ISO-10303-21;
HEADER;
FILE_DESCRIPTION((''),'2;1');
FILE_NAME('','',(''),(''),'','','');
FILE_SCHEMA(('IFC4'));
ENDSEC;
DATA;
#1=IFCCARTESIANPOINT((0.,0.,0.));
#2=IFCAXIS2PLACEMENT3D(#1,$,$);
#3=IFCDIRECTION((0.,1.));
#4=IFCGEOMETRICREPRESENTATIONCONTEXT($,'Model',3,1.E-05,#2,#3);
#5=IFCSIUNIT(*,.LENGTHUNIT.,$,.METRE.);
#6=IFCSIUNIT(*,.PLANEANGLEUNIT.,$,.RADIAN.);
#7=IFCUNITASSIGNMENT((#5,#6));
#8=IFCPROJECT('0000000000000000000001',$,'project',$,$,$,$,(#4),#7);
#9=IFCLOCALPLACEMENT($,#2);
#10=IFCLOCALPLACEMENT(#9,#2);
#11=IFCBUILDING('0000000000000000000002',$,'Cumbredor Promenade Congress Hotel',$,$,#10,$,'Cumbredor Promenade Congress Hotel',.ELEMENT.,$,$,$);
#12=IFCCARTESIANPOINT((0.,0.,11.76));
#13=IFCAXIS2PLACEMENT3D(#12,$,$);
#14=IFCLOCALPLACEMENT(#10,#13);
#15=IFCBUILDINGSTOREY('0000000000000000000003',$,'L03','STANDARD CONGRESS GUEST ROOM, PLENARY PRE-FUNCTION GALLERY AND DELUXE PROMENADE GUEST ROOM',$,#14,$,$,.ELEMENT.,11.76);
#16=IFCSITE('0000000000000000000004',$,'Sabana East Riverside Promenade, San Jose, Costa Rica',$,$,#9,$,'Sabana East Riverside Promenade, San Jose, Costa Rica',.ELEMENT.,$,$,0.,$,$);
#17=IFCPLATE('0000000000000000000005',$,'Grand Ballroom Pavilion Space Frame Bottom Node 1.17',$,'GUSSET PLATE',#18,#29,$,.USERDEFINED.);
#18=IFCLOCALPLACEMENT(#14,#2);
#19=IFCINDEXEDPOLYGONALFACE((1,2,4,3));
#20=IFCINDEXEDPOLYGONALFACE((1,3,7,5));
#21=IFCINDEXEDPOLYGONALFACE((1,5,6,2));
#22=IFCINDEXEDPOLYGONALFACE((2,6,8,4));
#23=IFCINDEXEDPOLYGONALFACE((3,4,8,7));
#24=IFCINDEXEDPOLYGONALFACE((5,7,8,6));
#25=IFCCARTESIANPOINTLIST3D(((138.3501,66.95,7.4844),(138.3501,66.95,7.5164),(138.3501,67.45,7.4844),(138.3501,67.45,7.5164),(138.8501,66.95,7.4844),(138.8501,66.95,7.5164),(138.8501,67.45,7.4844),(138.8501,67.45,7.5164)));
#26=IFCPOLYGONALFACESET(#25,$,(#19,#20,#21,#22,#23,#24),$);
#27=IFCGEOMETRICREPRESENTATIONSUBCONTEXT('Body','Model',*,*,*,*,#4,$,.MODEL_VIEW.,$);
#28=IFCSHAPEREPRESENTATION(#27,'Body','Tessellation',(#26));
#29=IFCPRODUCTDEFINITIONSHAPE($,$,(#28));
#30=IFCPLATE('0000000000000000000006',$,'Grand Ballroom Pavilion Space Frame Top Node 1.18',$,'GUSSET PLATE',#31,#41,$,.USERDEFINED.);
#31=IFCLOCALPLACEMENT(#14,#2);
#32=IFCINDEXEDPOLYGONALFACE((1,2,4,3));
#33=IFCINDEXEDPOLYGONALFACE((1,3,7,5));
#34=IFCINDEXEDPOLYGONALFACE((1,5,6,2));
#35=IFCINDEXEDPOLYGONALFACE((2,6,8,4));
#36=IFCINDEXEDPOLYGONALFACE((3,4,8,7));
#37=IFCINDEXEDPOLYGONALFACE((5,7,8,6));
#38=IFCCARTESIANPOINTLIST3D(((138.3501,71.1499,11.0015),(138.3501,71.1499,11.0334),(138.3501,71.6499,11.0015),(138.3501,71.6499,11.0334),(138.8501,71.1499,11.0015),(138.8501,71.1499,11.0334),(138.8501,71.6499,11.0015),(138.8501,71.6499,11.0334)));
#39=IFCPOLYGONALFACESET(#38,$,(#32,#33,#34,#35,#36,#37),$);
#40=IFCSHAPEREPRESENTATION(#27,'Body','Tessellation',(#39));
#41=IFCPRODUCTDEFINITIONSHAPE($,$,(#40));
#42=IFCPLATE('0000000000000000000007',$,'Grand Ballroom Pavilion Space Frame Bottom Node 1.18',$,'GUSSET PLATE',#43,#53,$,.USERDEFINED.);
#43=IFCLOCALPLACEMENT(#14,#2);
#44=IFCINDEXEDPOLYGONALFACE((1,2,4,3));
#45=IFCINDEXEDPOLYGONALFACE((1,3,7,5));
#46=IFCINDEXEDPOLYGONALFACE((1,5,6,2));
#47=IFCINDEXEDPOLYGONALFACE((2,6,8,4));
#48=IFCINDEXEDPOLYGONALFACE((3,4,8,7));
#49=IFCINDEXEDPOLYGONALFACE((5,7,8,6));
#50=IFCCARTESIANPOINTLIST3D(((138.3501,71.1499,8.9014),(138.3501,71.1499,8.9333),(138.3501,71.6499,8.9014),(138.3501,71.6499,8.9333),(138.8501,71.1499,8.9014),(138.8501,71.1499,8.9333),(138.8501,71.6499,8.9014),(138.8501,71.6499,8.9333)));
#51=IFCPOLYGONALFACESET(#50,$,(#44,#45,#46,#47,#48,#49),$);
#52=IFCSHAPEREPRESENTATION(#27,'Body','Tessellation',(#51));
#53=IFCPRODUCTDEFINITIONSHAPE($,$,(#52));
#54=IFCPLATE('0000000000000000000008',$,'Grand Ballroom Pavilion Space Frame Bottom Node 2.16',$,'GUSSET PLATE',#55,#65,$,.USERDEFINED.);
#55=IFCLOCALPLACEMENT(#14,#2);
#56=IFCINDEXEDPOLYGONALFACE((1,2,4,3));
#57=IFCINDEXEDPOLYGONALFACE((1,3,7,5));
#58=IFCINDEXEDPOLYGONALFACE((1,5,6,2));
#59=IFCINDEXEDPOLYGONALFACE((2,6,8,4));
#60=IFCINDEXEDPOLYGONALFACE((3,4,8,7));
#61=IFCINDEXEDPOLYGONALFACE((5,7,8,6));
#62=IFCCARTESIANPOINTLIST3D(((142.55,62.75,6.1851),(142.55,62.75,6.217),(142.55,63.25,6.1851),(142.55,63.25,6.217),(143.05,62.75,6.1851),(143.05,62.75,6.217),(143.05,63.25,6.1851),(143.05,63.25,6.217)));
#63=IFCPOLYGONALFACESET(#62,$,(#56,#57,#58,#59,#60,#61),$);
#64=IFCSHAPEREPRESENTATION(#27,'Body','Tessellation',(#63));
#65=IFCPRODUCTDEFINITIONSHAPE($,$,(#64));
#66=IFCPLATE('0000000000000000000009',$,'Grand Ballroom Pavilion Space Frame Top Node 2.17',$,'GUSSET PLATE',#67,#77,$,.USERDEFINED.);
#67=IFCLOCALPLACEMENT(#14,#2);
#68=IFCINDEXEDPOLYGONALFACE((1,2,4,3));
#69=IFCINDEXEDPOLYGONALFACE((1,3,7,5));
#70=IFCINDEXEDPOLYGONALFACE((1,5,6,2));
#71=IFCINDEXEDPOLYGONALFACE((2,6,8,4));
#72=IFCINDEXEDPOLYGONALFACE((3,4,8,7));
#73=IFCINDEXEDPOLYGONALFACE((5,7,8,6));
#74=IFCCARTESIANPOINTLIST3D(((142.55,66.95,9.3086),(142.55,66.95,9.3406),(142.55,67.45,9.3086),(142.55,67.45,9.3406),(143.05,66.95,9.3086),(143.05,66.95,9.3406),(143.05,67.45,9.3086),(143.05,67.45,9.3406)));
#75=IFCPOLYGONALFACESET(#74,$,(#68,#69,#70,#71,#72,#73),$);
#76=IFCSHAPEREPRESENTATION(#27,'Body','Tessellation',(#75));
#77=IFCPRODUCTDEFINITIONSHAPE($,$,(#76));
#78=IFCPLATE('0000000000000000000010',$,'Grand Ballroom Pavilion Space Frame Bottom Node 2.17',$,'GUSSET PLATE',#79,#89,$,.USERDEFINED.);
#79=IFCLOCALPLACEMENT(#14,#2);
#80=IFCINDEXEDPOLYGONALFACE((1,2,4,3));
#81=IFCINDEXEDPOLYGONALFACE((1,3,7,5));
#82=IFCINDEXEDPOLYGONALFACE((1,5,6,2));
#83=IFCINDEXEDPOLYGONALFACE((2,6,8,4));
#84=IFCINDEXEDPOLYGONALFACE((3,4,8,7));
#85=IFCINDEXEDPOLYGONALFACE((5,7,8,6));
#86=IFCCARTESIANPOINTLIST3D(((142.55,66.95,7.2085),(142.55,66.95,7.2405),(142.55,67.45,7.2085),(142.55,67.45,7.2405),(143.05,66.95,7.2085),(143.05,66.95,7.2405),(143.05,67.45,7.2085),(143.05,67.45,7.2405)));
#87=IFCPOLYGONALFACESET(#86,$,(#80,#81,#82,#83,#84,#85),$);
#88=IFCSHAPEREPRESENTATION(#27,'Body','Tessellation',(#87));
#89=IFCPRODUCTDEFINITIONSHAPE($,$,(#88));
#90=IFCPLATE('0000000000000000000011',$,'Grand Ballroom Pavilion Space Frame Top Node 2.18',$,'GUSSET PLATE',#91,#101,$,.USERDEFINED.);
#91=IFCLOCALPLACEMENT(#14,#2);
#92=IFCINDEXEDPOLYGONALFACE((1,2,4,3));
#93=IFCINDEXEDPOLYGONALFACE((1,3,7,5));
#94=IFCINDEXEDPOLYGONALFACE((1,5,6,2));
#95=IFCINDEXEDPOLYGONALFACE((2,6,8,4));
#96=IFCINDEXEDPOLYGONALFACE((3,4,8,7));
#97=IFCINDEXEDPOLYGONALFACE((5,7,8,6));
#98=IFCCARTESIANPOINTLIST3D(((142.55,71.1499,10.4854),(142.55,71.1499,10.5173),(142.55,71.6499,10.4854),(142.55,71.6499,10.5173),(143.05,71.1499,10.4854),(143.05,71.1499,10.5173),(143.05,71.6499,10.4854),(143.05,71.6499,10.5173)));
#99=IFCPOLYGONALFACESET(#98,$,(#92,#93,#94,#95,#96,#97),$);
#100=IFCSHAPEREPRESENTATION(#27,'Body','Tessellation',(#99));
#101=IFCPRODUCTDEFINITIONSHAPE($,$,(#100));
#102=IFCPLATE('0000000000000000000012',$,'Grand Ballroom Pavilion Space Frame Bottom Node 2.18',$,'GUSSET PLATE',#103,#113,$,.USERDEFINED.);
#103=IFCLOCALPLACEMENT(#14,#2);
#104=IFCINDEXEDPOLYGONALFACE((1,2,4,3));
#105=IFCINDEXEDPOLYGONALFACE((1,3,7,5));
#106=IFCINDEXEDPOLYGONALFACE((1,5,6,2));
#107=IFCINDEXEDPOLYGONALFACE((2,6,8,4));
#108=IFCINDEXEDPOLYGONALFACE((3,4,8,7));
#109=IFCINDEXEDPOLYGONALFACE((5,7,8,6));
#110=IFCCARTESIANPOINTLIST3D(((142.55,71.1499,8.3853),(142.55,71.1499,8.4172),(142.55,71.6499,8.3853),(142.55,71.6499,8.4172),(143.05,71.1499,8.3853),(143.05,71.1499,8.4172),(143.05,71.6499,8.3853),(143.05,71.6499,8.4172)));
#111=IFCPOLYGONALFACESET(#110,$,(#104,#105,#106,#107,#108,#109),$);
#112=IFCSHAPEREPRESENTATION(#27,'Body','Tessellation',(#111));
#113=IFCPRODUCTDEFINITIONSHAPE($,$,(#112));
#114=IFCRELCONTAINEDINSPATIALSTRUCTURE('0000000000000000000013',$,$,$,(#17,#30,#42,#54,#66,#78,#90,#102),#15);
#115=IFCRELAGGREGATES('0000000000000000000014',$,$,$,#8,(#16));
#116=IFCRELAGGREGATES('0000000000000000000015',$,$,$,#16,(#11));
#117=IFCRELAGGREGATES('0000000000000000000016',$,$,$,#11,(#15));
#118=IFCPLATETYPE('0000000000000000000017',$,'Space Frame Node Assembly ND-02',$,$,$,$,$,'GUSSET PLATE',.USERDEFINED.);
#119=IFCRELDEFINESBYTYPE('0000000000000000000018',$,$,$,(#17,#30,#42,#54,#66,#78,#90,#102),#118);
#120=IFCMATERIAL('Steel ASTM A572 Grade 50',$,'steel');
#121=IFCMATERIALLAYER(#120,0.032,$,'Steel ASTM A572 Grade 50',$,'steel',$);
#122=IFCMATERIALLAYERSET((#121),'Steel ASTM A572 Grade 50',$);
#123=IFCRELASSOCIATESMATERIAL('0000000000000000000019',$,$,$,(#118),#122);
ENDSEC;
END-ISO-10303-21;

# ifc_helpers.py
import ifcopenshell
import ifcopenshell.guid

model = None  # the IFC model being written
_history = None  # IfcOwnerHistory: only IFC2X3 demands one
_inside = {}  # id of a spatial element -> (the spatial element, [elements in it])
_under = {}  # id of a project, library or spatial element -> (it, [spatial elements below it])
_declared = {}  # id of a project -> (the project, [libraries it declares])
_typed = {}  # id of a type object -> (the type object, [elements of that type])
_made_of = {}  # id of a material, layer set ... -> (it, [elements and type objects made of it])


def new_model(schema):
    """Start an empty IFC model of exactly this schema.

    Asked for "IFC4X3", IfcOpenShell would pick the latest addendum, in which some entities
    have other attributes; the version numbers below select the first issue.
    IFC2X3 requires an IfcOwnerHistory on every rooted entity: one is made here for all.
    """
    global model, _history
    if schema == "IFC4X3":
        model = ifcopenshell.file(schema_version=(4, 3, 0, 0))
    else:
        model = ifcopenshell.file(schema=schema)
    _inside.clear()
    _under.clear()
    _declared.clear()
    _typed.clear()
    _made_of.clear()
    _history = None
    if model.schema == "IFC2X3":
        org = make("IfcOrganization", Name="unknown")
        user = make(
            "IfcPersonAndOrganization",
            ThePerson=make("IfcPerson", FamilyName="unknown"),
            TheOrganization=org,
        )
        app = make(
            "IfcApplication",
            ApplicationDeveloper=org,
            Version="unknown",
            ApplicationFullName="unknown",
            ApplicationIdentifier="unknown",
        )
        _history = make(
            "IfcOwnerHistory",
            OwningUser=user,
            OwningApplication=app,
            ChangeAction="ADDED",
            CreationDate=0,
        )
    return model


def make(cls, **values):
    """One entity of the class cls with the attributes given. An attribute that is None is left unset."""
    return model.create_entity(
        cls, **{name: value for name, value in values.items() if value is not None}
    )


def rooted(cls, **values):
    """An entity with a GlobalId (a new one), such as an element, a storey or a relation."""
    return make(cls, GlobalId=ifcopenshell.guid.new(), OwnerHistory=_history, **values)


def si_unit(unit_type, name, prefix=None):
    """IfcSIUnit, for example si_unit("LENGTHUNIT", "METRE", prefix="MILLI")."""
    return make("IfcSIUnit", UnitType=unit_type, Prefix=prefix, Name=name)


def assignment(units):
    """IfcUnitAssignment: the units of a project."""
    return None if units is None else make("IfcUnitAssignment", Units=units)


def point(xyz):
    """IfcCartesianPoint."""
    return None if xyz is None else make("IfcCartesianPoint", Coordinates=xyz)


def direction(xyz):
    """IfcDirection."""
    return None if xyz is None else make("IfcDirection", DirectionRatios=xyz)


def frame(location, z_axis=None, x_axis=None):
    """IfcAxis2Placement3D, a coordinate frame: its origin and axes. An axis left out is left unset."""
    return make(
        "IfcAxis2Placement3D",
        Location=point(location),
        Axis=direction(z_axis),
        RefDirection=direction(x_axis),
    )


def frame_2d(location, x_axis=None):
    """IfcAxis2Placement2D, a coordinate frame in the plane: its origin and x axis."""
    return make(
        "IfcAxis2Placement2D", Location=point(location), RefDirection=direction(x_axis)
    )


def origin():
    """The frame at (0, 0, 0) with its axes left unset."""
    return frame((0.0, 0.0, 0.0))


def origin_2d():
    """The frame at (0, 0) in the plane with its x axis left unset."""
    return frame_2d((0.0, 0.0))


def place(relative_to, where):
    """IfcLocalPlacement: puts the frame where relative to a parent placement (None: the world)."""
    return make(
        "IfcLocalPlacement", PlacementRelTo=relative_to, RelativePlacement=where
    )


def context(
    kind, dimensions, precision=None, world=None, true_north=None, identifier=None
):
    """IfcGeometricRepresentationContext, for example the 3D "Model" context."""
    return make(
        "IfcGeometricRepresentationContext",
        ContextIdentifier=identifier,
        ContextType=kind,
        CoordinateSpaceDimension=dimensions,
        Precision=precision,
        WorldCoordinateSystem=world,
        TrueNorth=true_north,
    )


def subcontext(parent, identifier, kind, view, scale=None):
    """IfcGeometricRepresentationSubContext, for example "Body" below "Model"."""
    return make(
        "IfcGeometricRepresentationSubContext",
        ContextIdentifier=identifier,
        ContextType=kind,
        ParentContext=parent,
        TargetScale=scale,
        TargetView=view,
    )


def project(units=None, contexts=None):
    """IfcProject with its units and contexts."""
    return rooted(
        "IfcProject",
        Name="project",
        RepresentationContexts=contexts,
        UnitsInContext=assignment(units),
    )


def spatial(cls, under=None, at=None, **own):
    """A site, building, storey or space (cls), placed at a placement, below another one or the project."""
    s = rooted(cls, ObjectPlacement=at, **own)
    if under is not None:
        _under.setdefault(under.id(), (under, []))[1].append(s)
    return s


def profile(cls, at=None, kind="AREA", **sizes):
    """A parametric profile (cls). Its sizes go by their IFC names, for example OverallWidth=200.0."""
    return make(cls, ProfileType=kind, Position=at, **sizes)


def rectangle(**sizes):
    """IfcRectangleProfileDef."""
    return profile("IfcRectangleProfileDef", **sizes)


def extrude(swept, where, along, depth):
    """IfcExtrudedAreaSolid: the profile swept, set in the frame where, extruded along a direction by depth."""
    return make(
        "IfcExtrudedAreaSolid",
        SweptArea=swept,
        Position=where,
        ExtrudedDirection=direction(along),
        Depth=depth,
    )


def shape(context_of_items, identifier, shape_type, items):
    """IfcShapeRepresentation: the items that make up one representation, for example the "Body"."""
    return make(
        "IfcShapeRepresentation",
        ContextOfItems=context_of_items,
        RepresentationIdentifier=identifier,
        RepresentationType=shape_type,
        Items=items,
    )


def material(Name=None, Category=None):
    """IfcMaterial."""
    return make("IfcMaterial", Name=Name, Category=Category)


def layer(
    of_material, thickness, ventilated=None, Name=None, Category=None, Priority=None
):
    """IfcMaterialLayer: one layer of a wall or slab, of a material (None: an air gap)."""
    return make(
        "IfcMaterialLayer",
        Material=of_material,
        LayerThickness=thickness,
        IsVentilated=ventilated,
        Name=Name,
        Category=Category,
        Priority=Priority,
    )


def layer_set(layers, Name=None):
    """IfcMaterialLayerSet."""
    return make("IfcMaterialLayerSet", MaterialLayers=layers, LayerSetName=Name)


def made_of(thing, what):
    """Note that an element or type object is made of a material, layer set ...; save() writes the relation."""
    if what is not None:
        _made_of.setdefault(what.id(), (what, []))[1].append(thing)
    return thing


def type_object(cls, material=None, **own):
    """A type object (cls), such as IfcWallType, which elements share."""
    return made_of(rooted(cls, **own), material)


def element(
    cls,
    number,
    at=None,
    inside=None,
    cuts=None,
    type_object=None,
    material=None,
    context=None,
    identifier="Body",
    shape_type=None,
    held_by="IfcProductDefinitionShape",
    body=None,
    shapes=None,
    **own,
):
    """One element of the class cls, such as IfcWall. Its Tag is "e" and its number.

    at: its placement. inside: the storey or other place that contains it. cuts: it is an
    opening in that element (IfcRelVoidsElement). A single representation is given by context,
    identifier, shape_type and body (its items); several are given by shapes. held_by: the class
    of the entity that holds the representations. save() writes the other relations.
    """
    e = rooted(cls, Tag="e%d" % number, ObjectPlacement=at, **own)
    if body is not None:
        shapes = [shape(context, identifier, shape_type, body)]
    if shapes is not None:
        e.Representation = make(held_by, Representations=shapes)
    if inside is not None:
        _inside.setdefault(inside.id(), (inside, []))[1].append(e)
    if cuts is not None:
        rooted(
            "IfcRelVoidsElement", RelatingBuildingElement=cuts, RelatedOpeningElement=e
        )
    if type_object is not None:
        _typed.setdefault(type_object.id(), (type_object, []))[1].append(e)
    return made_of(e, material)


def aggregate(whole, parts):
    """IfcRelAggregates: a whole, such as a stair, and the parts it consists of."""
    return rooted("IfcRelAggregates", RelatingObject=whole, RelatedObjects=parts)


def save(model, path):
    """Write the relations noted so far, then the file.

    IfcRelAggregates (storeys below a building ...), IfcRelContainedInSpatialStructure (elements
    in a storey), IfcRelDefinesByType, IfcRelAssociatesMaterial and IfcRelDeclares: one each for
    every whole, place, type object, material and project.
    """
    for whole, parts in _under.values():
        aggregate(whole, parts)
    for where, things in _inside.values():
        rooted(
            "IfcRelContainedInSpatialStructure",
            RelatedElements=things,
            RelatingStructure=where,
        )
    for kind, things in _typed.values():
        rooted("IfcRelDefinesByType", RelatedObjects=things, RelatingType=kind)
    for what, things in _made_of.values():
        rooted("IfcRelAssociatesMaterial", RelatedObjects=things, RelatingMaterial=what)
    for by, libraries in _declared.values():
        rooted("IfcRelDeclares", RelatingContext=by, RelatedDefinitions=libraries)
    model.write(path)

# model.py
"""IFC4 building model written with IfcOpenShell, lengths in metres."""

from ifc_helpers import new_model, si_unit, direction, frame, origin, origin_2d, place, context, subcontext, project, spatial, rectangle, extrude, material, layer, layer_set, type_object, element, save


model = new_model("IFC4")

# Units and contexts
model_context = context("Model", 3, precision=1e-05, world=origin(), true_north=direction((0.0, 1.0)))
body_context = subcontext(model_context, "Body", "Model", "MODEL_VIEW")
ifc_project = project(units=[si_unit("LENGTHUNIT", "METRE"), si_unit("PLANEANGLEUNIT", "RADIAN")], contexts=[model_context])

# Site, building, storey
site_placement = place(None, origin())
site = spatial("IfcSite", under=ifc_project, at=site_placement, Name="Sabana East Riverside Promenade, San Jose, Costa Rica", LongName="Sabana East Riverside Promenade, San Jose, Costa Rica", CompositionType="ELEMENT", RefElevation=0.0)
building_placement = place(site_placement, origin())
building = spatial("IfcBuilding", under=site, at=building_placement, Name="Cumbredor Promenade Congress Hotel", LongName="Cumbredor Promenade Congress Hotel", CompositionType="ELEMENT")
storey_placement = place(building_placement, frame((0.0, 0.0, 11.76)))
storey = spatial("IfcBuildingStorey", under=building, at=storey_placement, Name="L03", Description="STANDARD CONGRESS GUEST ROOM, PLENARY PRE-FUNCTION GALLERY AND DELUXE PROMENADE GUEST ROOM", CompositionType="ELEMENT", Elevation=11.76)

# Plates
ifc_material_1 = material(Name="Steel ASTM A572 Grade 50", Category="steel")
ifc_layer_1 = layer(ifc_material_1, 0.032, Name="Steel ASTM A572 Grade 50", Category="steel")
ifc_layer_set_1 = layer_set([ifc_layer_1], Name="Steel ASTM A572 Grade 50")
plate_type_1 = type_object("IfcPlateType", Name="Space Frame Node Assembly ND-02", ElementType="GUSSET PLATE", PredefinedType="USERDEFINED", material=ifc_layer_set_1)
for number, where, z_axis, x_axis, name in (
    (1, (138.6001, 67.2, 7.4844), (0.0, 0.0, 1.0), (1.0, 0.0, 0.0), "Grand Ballroom Pavilion Space Frame Bottom Node 1.17"),
    (2, (138.6001, 71.3999, 11.0015), (0.0, 0.0, 1.0), (1.0, 0.0, 0.0), "Grand Ballroom Pavilion Space Frame Top Node 1.18"),
    (3, (138.6001, 71.3999, 8.9014), (0.0, 0.0, 1.0), (1.0, 0.0, 0.0), "Grand Ballroom Pavilion Space Frame Bottom Node 1.18"),
    (4, (142.8, 63.0, 6.1851), (0.0, 0.0, 1.0), (1.0, 0.0, 0.0), "Grand Ballroom Pavilion Space Frame Bottom Node 2.16"),
    (5, (142.8, 67.2, 9.3086), (0.0, 0.0, 1.0), (1.0, 0.0, 0.0), "Grand Ballroom Pavilion Space Frame Top Node 2.17"),
    (6, (142.8, 67.2, 7.2085), (0.0, 0.0, 1.0), (1.0, 0.0, 0.0), "Grand Ballroom Pavilion Space Frame Bottom Node 2.17"),
    (7, (142.8, 71.3999, 10.4854), (0.0, 0.0, 1.0), (1.0, 0.0, 0.0), "Grand Ballroom Pavilion Space Frame Top Node 2.18"),
    (8, (142.8, 71.3999, 8.3853), (0.0, 0.0, 1.0), (1.0, 0.0, 0.0), "Grand Ballroom Pavilion Space Frame Bottom Node 2.18"),
):
    element("IfcPlate", number, at=place(storey_placement, frame(where, z_axis=z_axis, x_axis=x_axis)), inside=storey, type_object=plate_type_1, Name=name, ObjectType="GUSSET PLATE", PredefinedType="USERDEFINED", context=body_context, shape_type="SweptSolid", body=[
        extrude(rectangle(XDim=0.5, YDim=0.5, at=origin_2d()), origin(), (0.0, 0.0, 1.0), 0.032),
    ])

save(model, "model.ifc")
